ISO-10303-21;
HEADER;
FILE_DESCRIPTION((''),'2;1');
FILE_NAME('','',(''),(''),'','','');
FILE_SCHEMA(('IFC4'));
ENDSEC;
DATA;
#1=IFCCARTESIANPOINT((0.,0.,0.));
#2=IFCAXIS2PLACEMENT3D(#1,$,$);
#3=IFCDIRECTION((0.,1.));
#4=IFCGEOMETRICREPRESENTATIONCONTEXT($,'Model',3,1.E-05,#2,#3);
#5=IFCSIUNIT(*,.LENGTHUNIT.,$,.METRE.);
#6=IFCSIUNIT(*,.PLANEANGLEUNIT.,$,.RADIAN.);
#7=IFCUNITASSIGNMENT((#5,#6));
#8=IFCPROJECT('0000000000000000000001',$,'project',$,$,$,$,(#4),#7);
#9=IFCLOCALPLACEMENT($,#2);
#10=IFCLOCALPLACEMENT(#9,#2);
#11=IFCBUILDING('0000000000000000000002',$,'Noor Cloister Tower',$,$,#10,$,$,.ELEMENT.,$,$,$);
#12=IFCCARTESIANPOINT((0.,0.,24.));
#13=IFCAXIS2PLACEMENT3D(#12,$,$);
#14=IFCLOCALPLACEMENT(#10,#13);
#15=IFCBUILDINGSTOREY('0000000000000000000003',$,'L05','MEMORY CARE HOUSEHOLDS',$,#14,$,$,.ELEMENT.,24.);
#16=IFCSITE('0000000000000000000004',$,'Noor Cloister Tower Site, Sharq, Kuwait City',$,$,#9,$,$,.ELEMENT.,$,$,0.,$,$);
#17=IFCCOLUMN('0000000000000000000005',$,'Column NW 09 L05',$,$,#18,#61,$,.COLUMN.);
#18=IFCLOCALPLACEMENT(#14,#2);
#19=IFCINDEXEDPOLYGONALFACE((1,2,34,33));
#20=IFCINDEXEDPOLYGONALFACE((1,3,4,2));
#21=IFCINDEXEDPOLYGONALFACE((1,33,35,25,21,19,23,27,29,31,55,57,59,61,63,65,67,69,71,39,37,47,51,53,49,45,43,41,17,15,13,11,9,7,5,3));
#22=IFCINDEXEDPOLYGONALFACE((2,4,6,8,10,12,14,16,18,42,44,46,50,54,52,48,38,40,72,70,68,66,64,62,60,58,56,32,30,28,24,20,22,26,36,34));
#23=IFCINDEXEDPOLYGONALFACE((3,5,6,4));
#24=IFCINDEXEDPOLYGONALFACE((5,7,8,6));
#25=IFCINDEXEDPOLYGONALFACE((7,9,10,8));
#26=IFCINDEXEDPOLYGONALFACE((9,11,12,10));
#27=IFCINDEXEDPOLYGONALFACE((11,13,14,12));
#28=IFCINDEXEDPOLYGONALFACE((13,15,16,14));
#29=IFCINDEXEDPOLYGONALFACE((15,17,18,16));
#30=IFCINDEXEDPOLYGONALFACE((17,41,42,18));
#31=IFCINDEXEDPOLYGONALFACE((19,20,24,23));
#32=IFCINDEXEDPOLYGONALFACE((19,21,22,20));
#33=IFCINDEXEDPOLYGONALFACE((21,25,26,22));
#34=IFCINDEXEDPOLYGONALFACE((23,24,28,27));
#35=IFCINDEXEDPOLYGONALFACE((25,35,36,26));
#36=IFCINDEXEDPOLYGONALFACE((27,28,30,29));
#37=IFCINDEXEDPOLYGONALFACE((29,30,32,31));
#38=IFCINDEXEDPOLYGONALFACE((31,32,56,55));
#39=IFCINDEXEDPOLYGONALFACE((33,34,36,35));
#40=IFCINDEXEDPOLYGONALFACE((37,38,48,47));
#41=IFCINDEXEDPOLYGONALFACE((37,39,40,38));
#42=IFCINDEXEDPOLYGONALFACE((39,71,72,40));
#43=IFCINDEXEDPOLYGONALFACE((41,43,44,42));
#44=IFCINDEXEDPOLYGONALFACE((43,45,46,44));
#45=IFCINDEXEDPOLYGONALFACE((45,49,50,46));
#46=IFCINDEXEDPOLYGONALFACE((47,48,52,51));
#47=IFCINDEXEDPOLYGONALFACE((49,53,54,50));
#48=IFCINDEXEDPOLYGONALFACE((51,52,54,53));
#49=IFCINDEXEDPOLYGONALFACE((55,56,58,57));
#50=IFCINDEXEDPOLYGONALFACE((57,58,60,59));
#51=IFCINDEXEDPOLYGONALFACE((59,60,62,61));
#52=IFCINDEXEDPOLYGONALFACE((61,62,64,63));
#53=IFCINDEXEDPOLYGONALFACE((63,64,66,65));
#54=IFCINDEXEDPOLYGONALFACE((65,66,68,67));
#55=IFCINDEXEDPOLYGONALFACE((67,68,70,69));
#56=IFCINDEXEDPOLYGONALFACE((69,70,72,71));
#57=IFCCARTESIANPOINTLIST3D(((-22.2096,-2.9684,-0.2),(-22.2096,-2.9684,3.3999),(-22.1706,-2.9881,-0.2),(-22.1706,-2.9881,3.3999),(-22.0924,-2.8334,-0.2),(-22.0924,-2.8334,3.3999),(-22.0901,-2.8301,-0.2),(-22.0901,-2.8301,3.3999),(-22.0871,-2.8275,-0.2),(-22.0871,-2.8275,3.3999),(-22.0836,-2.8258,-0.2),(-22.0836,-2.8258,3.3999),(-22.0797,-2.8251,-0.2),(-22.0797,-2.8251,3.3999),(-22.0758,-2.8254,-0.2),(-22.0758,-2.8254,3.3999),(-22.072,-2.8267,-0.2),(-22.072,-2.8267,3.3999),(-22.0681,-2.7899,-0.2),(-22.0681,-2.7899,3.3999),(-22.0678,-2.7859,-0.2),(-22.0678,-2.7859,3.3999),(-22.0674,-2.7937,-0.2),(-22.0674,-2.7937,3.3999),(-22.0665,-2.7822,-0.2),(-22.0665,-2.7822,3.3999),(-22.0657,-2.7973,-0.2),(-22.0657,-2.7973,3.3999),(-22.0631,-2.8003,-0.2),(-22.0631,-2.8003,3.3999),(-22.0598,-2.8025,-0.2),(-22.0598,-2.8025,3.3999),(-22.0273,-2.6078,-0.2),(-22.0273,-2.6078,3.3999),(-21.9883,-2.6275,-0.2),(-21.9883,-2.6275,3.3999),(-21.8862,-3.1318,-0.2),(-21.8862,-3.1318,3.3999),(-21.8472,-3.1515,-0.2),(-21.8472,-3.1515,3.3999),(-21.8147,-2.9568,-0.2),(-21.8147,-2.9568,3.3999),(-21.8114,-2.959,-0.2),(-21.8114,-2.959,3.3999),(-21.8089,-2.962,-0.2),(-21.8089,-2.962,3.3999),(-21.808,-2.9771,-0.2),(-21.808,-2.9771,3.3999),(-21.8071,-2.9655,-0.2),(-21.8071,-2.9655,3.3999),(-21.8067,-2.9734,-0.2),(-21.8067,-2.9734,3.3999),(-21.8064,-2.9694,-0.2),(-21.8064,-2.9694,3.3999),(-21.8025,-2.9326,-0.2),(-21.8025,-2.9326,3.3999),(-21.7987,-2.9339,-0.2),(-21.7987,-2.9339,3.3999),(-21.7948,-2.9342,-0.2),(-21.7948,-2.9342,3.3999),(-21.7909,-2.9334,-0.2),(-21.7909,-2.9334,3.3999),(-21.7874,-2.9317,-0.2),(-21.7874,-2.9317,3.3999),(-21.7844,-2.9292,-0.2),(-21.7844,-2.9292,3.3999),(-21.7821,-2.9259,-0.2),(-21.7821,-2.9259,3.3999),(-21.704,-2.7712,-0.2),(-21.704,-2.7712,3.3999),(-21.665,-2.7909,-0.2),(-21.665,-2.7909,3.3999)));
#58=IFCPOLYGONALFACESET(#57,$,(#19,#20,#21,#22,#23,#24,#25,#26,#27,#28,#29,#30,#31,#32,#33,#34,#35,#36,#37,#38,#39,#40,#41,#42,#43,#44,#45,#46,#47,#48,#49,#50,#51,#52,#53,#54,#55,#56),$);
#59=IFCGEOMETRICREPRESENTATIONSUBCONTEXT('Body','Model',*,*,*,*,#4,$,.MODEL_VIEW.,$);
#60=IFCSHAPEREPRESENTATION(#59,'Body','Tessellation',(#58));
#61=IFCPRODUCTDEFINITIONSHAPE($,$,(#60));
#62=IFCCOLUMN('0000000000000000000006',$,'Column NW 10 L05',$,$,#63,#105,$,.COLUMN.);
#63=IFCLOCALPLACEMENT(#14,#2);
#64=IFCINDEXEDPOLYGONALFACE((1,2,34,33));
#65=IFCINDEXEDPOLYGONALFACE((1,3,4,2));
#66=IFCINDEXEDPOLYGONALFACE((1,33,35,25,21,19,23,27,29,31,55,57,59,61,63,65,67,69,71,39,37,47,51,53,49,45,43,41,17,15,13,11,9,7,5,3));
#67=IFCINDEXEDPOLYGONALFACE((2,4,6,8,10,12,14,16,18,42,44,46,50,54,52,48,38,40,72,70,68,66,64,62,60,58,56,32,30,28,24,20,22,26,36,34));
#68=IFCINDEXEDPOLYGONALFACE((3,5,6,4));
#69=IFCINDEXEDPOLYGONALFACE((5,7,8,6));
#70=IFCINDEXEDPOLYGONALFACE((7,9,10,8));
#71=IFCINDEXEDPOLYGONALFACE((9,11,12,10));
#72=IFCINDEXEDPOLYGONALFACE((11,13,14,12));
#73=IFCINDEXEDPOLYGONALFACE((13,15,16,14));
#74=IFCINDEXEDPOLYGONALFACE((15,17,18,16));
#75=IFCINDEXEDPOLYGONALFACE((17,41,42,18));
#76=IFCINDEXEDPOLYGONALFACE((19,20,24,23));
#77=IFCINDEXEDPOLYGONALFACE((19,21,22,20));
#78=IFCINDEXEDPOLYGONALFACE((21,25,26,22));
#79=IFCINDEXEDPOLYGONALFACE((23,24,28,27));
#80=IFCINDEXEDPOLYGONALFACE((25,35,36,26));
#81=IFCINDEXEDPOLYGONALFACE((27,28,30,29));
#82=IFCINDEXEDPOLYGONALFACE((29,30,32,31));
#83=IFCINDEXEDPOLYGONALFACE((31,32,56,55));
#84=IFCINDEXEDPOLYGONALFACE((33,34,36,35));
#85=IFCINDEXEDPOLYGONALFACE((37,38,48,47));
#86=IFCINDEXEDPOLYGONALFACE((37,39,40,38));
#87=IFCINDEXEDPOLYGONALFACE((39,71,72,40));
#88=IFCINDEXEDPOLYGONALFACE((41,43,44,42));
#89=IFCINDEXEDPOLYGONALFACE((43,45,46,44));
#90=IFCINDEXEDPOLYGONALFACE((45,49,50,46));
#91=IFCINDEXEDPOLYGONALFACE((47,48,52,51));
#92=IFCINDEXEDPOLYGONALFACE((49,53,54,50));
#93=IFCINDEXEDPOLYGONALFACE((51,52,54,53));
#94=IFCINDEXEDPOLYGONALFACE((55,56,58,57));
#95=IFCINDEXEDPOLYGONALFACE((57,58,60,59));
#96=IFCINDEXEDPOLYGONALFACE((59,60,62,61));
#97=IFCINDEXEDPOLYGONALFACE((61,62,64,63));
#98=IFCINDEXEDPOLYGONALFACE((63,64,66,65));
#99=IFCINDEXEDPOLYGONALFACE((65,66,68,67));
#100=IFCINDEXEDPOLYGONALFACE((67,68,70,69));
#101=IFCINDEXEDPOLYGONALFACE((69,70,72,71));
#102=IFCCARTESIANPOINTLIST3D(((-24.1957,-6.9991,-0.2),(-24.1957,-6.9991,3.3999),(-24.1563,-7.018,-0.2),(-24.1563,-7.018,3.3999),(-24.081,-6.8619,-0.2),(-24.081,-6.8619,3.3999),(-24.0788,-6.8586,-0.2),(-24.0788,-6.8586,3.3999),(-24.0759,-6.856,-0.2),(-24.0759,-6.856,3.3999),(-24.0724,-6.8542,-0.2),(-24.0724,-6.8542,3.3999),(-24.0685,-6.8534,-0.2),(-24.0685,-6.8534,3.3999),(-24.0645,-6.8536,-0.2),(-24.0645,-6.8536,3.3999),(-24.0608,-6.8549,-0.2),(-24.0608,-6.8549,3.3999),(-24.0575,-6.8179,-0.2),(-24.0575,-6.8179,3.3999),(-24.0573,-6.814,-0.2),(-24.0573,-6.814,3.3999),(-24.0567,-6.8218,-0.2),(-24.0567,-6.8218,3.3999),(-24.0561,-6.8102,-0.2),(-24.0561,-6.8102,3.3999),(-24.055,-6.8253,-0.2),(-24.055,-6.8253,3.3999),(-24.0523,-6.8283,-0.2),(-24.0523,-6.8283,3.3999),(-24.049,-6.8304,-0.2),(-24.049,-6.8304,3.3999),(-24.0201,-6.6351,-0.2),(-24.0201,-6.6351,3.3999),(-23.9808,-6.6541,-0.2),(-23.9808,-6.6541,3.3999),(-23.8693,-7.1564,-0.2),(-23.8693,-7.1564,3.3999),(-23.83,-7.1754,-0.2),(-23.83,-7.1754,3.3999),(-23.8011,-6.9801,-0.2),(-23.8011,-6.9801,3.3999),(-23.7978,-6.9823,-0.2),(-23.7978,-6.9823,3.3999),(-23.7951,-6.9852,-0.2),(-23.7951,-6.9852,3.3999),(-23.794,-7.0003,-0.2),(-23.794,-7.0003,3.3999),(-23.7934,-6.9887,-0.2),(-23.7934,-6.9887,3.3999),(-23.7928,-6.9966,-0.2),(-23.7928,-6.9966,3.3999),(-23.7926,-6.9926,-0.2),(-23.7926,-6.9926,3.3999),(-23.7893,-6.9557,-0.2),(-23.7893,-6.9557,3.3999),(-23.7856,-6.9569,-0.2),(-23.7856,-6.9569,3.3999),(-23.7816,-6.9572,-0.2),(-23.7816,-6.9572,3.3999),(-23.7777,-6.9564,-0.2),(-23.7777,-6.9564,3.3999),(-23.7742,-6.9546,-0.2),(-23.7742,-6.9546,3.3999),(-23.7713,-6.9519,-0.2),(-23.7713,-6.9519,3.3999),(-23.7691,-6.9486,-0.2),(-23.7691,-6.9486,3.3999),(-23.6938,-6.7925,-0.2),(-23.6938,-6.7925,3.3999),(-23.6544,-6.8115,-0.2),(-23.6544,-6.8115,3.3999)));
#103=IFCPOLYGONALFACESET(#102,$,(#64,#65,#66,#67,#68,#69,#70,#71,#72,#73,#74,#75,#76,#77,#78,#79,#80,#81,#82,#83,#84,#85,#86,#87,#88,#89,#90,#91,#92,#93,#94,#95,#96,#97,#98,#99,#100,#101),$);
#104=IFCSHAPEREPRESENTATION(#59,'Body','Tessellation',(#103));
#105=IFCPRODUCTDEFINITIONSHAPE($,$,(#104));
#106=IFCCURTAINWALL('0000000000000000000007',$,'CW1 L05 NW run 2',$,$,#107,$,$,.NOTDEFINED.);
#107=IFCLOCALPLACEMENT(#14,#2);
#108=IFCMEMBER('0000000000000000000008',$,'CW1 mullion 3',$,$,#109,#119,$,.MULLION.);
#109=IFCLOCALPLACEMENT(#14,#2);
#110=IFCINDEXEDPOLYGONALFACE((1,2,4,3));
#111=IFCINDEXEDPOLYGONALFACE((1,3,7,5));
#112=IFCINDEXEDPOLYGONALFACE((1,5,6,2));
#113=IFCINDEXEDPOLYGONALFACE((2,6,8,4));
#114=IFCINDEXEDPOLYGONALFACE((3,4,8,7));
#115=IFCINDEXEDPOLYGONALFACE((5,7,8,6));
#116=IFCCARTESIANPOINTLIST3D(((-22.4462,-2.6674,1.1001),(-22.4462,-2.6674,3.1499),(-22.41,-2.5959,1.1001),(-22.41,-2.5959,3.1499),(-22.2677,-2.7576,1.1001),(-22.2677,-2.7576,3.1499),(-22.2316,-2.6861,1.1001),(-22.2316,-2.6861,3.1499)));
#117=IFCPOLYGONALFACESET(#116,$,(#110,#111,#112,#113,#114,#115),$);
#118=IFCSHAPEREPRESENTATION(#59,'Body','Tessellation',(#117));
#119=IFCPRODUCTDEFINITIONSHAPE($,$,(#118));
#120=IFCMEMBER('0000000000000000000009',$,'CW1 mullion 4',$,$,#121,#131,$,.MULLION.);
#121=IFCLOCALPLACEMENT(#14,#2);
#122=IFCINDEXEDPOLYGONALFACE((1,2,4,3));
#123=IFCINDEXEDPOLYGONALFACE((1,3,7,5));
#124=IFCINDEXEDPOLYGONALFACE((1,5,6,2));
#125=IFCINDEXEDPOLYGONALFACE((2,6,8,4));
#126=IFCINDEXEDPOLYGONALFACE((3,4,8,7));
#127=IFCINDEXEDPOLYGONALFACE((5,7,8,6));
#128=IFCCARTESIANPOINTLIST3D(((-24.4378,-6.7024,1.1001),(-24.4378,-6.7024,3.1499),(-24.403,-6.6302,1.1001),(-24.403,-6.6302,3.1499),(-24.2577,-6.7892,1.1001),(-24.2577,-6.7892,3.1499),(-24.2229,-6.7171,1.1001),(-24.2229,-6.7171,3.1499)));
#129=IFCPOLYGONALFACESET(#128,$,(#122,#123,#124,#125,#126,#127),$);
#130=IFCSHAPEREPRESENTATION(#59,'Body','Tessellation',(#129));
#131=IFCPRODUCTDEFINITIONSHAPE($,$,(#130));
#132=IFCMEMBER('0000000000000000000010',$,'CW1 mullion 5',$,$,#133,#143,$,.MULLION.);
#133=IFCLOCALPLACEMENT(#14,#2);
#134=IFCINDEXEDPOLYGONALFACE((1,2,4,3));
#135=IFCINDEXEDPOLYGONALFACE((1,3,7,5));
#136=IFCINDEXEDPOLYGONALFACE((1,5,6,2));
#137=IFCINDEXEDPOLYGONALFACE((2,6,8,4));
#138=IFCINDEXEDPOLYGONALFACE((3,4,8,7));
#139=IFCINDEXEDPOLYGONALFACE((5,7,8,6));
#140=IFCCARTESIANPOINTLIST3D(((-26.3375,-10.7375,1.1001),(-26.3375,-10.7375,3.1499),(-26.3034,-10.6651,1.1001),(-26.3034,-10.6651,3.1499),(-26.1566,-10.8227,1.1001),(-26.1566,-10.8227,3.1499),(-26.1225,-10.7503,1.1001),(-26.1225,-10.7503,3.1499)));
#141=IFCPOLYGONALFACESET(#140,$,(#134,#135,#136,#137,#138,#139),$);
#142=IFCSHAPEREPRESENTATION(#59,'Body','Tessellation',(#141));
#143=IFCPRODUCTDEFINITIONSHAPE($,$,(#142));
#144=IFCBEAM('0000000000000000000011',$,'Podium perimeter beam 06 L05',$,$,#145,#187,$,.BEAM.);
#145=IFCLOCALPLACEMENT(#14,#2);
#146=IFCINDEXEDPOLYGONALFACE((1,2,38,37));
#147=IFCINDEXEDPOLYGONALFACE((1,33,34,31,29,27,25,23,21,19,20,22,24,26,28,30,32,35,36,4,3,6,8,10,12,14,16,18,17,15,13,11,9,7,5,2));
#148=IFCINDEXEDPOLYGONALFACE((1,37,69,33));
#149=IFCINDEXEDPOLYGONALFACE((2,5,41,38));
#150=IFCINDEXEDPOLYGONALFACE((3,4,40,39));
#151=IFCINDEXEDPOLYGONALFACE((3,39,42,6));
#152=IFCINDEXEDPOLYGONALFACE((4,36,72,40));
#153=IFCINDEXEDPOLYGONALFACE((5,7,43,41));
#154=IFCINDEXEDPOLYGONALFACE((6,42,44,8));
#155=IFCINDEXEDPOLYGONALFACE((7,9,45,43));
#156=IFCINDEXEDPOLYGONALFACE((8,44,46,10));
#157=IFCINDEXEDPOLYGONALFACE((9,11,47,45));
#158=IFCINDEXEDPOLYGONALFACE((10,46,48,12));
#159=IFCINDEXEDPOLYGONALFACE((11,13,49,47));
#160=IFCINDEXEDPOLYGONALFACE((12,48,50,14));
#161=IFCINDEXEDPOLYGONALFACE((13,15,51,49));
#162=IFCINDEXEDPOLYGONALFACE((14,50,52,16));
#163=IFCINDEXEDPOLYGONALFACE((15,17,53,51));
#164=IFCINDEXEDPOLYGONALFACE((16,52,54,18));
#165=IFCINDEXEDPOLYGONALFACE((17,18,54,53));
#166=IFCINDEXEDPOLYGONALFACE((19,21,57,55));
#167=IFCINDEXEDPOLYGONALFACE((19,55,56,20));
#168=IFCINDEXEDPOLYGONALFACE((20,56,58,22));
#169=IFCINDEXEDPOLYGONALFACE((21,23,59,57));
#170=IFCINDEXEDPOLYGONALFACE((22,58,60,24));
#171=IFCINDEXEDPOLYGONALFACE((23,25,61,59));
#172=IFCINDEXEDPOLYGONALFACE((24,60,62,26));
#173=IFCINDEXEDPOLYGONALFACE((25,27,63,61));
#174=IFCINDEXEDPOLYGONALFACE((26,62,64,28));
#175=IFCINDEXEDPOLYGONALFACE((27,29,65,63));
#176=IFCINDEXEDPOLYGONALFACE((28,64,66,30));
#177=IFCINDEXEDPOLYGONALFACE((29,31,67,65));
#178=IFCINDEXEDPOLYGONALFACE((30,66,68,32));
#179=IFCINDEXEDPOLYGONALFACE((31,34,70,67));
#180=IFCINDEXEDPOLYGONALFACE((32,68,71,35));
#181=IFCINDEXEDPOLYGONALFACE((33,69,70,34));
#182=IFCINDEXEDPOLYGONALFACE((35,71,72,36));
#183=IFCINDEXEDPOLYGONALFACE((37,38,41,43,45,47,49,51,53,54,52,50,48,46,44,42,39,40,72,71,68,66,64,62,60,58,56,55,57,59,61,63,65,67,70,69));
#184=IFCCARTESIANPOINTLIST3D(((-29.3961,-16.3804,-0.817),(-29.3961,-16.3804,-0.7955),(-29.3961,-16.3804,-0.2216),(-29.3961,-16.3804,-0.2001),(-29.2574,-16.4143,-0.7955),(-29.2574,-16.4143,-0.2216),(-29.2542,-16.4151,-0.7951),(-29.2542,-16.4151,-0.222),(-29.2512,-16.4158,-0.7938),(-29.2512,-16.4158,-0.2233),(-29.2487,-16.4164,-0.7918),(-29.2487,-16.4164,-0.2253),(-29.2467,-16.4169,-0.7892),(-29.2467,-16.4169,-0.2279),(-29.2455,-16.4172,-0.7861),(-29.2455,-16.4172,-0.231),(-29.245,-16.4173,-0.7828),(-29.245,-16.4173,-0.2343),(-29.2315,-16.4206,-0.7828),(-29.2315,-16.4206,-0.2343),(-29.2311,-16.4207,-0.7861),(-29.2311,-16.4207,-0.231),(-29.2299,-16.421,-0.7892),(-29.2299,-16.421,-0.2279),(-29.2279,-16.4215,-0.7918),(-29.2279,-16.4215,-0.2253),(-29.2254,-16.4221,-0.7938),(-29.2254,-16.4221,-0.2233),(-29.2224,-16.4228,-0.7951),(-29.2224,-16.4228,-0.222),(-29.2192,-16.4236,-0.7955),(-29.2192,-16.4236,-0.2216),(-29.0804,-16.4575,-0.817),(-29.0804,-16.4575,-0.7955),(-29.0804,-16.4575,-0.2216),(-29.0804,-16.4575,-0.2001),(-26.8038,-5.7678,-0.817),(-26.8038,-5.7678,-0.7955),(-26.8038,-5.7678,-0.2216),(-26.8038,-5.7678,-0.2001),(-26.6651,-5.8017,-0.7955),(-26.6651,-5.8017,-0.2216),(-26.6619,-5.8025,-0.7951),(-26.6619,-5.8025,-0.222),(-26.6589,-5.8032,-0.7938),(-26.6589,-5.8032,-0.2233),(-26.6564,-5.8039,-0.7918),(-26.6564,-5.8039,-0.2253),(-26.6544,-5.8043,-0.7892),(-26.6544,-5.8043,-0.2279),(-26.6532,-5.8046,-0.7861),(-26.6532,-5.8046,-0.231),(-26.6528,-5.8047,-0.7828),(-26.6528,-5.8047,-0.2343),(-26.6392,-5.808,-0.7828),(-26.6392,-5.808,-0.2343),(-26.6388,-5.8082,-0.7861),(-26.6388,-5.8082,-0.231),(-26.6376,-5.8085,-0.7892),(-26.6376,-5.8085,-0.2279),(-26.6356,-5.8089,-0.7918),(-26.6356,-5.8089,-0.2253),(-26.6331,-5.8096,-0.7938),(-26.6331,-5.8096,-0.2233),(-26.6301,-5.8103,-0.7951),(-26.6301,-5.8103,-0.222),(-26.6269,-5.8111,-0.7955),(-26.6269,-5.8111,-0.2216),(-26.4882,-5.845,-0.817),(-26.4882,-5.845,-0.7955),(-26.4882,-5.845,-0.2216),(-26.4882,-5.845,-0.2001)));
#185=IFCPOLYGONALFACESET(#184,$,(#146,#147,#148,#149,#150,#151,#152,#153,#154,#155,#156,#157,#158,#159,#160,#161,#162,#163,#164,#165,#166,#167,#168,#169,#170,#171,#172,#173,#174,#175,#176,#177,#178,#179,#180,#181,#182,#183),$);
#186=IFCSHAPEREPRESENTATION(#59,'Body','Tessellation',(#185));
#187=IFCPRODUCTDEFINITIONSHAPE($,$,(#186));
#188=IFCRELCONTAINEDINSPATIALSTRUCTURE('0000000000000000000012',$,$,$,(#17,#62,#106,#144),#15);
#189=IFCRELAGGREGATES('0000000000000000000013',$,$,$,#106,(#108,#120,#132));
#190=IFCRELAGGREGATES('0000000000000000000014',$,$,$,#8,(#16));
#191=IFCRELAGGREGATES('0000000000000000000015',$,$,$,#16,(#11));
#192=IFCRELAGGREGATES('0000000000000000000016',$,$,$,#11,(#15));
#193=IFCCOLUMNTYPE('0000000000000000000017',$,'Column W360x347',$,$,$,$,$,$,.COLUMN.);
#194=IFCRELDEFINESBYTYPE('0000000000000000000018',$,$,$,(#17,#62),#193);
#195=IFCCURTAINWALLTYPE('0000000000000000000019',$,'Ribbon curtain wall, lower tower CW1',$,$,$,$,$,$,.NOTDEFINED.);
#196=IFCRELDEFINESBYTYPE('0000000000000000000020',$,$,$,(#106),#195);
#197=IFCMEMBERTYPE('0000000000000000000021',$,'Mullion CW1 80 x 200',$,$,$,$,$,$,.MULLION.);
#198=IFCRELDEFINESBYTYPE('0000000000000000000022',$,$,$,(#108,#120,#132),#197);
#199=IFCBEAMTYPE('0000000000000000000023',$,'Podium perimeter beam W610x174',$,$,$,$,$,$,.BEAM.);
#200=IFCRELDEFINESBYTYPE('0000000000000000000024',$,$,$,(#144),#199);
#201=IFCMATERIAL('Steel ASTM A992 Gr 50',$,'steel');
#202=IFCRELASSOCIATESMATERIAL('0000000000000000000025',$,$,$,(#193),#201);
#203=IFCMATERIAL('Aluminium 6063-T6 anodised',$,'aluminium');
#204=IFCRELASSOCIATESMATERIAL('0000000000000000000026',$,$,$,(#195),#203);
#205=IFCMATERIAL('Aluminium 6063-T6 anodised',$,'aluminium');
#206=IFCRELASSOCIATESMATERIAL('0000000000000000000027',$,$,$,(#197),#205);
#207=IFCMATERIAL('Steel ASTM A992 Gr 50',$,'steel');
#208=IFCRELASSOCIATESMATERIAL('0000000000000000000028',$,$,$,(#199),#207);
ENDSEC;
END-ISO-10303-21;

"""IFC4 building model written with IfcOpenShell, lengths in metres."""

from ifc_helpers import new_model, si_unit, direction, frame, origin, origin_2d, place, context, subcontext, project, spatial, rectangle, i_section, extrude, material, material_profile, profile_set, type_object, element, aggregate, save


model = new_model("IFC4")

# Units and contexts
model_context = context("Model", 3, precision=1e-05, world=origin(), true_north=direction((0.0, 1.0)))
body_context = subcontext(model_context, "Body", "Model", "MODEL_VIEW")
ifc_project = project(units=[si_unit("LENGTHUNIT", "METRE"), si_unit("PLANEANGLEUNIT", "RADIAN")], contexts=[model_context])

# Site, building, storey
site_placement = place(None, origin())
site = spatial("IfcSite", under=ifc_project, at=site_placement, Name="Noor Cloister Tower Site, Sharq, Kuwait City", CompositionType="ELEMENT", RefElevation=0.0)
building_placement = place(site_placement, origin())
building = spatial("IfcBuilding", under=site, at=building_placement, Name="Noor Cloister Tower", CompositionType="ELEMENT")
storey_placement = place(building_placement, frame((0.0, 0.0, 24.0)))
storey = spatial("IfcBuildingStorey", under=building, at=storey_placement, Name="L05", Description="MEMORY CARE HOUSEHOLDS", CompositionType="ELEMENT", Elevation=24.0)

# Columns
ifc_material_1 = material(Name="Steel ASTM A992 Gr 50", Category="steel")
ifc_material_profile_1 = material_profile(ifc_material_1, i_section(OverallWidth=0.4041, OverallDepth=0.406, WebThickness=0.0271, FlangeThickness=0.0437, FilletRadius=0.0151, at=origin_2d()), Name="W360x347")
ifc_profile_set_1 = profile_set([ifc_material_profile_1], Name="Steel ASTM A992 Gr 50")
column_type = type_object("IfcColumnType", Name="Column W360x347", PredefinedType="COLUMN", material=ifc_profile_set_1)
for number, where, z_axis, x_axis, name in (
    (1, (-21.9373, -2.8796, -0.2), (0.0, 0.0, 1.0), (-0.451046, -0.892501, 0.0), "Column NW 09 L05"),
    (2, (-23.925, -6.9053, -0.2), (0.0, 0.0, 1.0), (-0.43441, -0.900715, 0.0), "Column NW 10 L05"),
):
    element("IfcColumn", number, at=place(storey_placement, frame(where, z_axis=z_axis, x_axis=x_axis)), inside=storey, type_object=column_type, Name=name, PredefinedType="COLUMN", context=body_context, shape_type="SweptSolid", body=[
        extrude(i_section(OverallWidth=0.4041, OverallDepth=0.406, WebThickness=0.0271, FlangeThickness=0.0437, FilletRadius=0.0151, at=origin_2d()), origin(), (0.0, 0.0, 1.0), 3.5999),
    ])

# Curtain wall, members
ifc_material_2 = material(Name="Aluminium 6063-T6 anodised", Category="aluminium")
curtain_wall_type = type_object("IfcCurtainWallType", Name="Ribbon curtain wall, lower tower CW1", PredefinedType="NOTDEFINED", material=ifc_material_2)
curtain_wall_placement = place(storey_placement, origin())
curtain_wall = element("IfcCurtainWall", 3, at=curtain_wall_placement, inside=storey, type_object=curtain_wall_type, Name="CW1 L05 NW run 2", PredefinedType="NOTDEFINED")
ifc_material_3 = material(Name="Aluminium 6063-T6 anodised", Category="aluminium")
ifc_material_profile_2 = material_profile(ifc_material_3, rectangle(XDim=0.2, YDim=0.0801, at=origin_2d()), Name="200 x 80 mullion")
ifc_profile_set_2 = profile_set([ifc_material_profile_2], Name="Aluminium 6063-T6 anodised")
member_type = type_object("IfcMemberType", Name="Mullion CW1 80 x 200", PredefinedType="MULLION", material=ifc_profile_set_2)
member_1_placement = place(storey_placement, frame((-22.3389, -2.6768, 1.1001), z_axis=(0.0, 0.0, 1.0), x_axis=(0.892501, -0.451046, 0.0)))
member_1 = element("IfcMember", 4, at=member_1_placement, type_object=member_type, Name="CW1 mullion 3", PredefinedType="MULLION", context=body_context, shape_type="SweptSolid", body=[
    extrude(rectangle(XDim=0.2, YDim=0.0801, at=origin_2d()), origin(), (0.0, 0.0, 1.0), 2.0498),
])
member_2_placement = place(storey_placement, frame((-24.3303, -6.7097, 1.1001), z_axis=(0.0, 0.0, 1.0), x_axis=(0.900715, -0.43441, 0.0)))
member_2 = element("IfcMember", 5, at=member_2_placement, type_object=member_type, Name="CW1 mullion 4", PredefinedType="MULLION", context=body_context, shape_type="SweptSolid", body=[
    extrude(rectangle(XDim=0.2, YDim=0.0801, at=origin_2d()), origin(), (0.0, 0.0, 1.0), 2.0498),
])
member_3_placement = place(storey_placement, frame((-26.23, -10.7439, 1.1001), z_axis=(0.0, 0.0, 1.0), x_axis=(0.904706, -0.426036, 0.0)))
member_3 = element("IfcMember", 6, at=member_3_placement, type_object=member_type, Name="CW1 mullion 5", PredefinedType="MULLION", context=body_context, shape_type="SweptSolid", body=[
    extrude(rectangle(XDim=0.2, YDim=0.0801, at=origin_2d()), origin(), (0.0, 0.0, 1.0), 2.0498),
])

# Beam
ifc_material_4 = material(Name="Steel ASTM A992 Gr 50", Category="steel")
ifc_material_profile_3 = material_profile(ifc_material_4, i_section(OverallWidth=0.325, OverallDepth=0.6169, WebThickness=0.0139, FlangeThickness=0.0215, FilletRadius=0.0127, at=origin_2d()), Name="W610x174")
ifc_profile_set_3 = profile_set([ifc_material_profile_3], Name="Steel ASTM A992 Gr 50")
beam_type_1 = type_object("IfcBeamType", Name="Podium perimeter beam W610x174", PredefinedType="BEAM", material=ifc_profile_set_3)
beam_1_placement = place(storey_placement, frame((-26.646, -5.8064, -0.5085), z_axis=(-0.23729, -0.971439, 0.0), x_axis=(0.971439, -0.23729, 0.0)))
element("IfcBeam", 7, at=beam_1_placement, inside=storey, type_object=beam_type_1, Name="Podium perimeter beam 06 L05", PredefinedType="BEAM", context=body_context, shape_type="SweptSolid", body=[
    extrude(i_section(OverallWidth=0.325, OverallDepth=0.6169, WebThickness=0.0139, FlangeThickness=0.0215, FilletRadius=0.0127, at=origin_2d()), origin(), (0.0, 0.0, 1.0), 10.9246),
])

aggregate(curtain_wall, [member_1, member_2, member_3])

save(model, "model.ifc")
